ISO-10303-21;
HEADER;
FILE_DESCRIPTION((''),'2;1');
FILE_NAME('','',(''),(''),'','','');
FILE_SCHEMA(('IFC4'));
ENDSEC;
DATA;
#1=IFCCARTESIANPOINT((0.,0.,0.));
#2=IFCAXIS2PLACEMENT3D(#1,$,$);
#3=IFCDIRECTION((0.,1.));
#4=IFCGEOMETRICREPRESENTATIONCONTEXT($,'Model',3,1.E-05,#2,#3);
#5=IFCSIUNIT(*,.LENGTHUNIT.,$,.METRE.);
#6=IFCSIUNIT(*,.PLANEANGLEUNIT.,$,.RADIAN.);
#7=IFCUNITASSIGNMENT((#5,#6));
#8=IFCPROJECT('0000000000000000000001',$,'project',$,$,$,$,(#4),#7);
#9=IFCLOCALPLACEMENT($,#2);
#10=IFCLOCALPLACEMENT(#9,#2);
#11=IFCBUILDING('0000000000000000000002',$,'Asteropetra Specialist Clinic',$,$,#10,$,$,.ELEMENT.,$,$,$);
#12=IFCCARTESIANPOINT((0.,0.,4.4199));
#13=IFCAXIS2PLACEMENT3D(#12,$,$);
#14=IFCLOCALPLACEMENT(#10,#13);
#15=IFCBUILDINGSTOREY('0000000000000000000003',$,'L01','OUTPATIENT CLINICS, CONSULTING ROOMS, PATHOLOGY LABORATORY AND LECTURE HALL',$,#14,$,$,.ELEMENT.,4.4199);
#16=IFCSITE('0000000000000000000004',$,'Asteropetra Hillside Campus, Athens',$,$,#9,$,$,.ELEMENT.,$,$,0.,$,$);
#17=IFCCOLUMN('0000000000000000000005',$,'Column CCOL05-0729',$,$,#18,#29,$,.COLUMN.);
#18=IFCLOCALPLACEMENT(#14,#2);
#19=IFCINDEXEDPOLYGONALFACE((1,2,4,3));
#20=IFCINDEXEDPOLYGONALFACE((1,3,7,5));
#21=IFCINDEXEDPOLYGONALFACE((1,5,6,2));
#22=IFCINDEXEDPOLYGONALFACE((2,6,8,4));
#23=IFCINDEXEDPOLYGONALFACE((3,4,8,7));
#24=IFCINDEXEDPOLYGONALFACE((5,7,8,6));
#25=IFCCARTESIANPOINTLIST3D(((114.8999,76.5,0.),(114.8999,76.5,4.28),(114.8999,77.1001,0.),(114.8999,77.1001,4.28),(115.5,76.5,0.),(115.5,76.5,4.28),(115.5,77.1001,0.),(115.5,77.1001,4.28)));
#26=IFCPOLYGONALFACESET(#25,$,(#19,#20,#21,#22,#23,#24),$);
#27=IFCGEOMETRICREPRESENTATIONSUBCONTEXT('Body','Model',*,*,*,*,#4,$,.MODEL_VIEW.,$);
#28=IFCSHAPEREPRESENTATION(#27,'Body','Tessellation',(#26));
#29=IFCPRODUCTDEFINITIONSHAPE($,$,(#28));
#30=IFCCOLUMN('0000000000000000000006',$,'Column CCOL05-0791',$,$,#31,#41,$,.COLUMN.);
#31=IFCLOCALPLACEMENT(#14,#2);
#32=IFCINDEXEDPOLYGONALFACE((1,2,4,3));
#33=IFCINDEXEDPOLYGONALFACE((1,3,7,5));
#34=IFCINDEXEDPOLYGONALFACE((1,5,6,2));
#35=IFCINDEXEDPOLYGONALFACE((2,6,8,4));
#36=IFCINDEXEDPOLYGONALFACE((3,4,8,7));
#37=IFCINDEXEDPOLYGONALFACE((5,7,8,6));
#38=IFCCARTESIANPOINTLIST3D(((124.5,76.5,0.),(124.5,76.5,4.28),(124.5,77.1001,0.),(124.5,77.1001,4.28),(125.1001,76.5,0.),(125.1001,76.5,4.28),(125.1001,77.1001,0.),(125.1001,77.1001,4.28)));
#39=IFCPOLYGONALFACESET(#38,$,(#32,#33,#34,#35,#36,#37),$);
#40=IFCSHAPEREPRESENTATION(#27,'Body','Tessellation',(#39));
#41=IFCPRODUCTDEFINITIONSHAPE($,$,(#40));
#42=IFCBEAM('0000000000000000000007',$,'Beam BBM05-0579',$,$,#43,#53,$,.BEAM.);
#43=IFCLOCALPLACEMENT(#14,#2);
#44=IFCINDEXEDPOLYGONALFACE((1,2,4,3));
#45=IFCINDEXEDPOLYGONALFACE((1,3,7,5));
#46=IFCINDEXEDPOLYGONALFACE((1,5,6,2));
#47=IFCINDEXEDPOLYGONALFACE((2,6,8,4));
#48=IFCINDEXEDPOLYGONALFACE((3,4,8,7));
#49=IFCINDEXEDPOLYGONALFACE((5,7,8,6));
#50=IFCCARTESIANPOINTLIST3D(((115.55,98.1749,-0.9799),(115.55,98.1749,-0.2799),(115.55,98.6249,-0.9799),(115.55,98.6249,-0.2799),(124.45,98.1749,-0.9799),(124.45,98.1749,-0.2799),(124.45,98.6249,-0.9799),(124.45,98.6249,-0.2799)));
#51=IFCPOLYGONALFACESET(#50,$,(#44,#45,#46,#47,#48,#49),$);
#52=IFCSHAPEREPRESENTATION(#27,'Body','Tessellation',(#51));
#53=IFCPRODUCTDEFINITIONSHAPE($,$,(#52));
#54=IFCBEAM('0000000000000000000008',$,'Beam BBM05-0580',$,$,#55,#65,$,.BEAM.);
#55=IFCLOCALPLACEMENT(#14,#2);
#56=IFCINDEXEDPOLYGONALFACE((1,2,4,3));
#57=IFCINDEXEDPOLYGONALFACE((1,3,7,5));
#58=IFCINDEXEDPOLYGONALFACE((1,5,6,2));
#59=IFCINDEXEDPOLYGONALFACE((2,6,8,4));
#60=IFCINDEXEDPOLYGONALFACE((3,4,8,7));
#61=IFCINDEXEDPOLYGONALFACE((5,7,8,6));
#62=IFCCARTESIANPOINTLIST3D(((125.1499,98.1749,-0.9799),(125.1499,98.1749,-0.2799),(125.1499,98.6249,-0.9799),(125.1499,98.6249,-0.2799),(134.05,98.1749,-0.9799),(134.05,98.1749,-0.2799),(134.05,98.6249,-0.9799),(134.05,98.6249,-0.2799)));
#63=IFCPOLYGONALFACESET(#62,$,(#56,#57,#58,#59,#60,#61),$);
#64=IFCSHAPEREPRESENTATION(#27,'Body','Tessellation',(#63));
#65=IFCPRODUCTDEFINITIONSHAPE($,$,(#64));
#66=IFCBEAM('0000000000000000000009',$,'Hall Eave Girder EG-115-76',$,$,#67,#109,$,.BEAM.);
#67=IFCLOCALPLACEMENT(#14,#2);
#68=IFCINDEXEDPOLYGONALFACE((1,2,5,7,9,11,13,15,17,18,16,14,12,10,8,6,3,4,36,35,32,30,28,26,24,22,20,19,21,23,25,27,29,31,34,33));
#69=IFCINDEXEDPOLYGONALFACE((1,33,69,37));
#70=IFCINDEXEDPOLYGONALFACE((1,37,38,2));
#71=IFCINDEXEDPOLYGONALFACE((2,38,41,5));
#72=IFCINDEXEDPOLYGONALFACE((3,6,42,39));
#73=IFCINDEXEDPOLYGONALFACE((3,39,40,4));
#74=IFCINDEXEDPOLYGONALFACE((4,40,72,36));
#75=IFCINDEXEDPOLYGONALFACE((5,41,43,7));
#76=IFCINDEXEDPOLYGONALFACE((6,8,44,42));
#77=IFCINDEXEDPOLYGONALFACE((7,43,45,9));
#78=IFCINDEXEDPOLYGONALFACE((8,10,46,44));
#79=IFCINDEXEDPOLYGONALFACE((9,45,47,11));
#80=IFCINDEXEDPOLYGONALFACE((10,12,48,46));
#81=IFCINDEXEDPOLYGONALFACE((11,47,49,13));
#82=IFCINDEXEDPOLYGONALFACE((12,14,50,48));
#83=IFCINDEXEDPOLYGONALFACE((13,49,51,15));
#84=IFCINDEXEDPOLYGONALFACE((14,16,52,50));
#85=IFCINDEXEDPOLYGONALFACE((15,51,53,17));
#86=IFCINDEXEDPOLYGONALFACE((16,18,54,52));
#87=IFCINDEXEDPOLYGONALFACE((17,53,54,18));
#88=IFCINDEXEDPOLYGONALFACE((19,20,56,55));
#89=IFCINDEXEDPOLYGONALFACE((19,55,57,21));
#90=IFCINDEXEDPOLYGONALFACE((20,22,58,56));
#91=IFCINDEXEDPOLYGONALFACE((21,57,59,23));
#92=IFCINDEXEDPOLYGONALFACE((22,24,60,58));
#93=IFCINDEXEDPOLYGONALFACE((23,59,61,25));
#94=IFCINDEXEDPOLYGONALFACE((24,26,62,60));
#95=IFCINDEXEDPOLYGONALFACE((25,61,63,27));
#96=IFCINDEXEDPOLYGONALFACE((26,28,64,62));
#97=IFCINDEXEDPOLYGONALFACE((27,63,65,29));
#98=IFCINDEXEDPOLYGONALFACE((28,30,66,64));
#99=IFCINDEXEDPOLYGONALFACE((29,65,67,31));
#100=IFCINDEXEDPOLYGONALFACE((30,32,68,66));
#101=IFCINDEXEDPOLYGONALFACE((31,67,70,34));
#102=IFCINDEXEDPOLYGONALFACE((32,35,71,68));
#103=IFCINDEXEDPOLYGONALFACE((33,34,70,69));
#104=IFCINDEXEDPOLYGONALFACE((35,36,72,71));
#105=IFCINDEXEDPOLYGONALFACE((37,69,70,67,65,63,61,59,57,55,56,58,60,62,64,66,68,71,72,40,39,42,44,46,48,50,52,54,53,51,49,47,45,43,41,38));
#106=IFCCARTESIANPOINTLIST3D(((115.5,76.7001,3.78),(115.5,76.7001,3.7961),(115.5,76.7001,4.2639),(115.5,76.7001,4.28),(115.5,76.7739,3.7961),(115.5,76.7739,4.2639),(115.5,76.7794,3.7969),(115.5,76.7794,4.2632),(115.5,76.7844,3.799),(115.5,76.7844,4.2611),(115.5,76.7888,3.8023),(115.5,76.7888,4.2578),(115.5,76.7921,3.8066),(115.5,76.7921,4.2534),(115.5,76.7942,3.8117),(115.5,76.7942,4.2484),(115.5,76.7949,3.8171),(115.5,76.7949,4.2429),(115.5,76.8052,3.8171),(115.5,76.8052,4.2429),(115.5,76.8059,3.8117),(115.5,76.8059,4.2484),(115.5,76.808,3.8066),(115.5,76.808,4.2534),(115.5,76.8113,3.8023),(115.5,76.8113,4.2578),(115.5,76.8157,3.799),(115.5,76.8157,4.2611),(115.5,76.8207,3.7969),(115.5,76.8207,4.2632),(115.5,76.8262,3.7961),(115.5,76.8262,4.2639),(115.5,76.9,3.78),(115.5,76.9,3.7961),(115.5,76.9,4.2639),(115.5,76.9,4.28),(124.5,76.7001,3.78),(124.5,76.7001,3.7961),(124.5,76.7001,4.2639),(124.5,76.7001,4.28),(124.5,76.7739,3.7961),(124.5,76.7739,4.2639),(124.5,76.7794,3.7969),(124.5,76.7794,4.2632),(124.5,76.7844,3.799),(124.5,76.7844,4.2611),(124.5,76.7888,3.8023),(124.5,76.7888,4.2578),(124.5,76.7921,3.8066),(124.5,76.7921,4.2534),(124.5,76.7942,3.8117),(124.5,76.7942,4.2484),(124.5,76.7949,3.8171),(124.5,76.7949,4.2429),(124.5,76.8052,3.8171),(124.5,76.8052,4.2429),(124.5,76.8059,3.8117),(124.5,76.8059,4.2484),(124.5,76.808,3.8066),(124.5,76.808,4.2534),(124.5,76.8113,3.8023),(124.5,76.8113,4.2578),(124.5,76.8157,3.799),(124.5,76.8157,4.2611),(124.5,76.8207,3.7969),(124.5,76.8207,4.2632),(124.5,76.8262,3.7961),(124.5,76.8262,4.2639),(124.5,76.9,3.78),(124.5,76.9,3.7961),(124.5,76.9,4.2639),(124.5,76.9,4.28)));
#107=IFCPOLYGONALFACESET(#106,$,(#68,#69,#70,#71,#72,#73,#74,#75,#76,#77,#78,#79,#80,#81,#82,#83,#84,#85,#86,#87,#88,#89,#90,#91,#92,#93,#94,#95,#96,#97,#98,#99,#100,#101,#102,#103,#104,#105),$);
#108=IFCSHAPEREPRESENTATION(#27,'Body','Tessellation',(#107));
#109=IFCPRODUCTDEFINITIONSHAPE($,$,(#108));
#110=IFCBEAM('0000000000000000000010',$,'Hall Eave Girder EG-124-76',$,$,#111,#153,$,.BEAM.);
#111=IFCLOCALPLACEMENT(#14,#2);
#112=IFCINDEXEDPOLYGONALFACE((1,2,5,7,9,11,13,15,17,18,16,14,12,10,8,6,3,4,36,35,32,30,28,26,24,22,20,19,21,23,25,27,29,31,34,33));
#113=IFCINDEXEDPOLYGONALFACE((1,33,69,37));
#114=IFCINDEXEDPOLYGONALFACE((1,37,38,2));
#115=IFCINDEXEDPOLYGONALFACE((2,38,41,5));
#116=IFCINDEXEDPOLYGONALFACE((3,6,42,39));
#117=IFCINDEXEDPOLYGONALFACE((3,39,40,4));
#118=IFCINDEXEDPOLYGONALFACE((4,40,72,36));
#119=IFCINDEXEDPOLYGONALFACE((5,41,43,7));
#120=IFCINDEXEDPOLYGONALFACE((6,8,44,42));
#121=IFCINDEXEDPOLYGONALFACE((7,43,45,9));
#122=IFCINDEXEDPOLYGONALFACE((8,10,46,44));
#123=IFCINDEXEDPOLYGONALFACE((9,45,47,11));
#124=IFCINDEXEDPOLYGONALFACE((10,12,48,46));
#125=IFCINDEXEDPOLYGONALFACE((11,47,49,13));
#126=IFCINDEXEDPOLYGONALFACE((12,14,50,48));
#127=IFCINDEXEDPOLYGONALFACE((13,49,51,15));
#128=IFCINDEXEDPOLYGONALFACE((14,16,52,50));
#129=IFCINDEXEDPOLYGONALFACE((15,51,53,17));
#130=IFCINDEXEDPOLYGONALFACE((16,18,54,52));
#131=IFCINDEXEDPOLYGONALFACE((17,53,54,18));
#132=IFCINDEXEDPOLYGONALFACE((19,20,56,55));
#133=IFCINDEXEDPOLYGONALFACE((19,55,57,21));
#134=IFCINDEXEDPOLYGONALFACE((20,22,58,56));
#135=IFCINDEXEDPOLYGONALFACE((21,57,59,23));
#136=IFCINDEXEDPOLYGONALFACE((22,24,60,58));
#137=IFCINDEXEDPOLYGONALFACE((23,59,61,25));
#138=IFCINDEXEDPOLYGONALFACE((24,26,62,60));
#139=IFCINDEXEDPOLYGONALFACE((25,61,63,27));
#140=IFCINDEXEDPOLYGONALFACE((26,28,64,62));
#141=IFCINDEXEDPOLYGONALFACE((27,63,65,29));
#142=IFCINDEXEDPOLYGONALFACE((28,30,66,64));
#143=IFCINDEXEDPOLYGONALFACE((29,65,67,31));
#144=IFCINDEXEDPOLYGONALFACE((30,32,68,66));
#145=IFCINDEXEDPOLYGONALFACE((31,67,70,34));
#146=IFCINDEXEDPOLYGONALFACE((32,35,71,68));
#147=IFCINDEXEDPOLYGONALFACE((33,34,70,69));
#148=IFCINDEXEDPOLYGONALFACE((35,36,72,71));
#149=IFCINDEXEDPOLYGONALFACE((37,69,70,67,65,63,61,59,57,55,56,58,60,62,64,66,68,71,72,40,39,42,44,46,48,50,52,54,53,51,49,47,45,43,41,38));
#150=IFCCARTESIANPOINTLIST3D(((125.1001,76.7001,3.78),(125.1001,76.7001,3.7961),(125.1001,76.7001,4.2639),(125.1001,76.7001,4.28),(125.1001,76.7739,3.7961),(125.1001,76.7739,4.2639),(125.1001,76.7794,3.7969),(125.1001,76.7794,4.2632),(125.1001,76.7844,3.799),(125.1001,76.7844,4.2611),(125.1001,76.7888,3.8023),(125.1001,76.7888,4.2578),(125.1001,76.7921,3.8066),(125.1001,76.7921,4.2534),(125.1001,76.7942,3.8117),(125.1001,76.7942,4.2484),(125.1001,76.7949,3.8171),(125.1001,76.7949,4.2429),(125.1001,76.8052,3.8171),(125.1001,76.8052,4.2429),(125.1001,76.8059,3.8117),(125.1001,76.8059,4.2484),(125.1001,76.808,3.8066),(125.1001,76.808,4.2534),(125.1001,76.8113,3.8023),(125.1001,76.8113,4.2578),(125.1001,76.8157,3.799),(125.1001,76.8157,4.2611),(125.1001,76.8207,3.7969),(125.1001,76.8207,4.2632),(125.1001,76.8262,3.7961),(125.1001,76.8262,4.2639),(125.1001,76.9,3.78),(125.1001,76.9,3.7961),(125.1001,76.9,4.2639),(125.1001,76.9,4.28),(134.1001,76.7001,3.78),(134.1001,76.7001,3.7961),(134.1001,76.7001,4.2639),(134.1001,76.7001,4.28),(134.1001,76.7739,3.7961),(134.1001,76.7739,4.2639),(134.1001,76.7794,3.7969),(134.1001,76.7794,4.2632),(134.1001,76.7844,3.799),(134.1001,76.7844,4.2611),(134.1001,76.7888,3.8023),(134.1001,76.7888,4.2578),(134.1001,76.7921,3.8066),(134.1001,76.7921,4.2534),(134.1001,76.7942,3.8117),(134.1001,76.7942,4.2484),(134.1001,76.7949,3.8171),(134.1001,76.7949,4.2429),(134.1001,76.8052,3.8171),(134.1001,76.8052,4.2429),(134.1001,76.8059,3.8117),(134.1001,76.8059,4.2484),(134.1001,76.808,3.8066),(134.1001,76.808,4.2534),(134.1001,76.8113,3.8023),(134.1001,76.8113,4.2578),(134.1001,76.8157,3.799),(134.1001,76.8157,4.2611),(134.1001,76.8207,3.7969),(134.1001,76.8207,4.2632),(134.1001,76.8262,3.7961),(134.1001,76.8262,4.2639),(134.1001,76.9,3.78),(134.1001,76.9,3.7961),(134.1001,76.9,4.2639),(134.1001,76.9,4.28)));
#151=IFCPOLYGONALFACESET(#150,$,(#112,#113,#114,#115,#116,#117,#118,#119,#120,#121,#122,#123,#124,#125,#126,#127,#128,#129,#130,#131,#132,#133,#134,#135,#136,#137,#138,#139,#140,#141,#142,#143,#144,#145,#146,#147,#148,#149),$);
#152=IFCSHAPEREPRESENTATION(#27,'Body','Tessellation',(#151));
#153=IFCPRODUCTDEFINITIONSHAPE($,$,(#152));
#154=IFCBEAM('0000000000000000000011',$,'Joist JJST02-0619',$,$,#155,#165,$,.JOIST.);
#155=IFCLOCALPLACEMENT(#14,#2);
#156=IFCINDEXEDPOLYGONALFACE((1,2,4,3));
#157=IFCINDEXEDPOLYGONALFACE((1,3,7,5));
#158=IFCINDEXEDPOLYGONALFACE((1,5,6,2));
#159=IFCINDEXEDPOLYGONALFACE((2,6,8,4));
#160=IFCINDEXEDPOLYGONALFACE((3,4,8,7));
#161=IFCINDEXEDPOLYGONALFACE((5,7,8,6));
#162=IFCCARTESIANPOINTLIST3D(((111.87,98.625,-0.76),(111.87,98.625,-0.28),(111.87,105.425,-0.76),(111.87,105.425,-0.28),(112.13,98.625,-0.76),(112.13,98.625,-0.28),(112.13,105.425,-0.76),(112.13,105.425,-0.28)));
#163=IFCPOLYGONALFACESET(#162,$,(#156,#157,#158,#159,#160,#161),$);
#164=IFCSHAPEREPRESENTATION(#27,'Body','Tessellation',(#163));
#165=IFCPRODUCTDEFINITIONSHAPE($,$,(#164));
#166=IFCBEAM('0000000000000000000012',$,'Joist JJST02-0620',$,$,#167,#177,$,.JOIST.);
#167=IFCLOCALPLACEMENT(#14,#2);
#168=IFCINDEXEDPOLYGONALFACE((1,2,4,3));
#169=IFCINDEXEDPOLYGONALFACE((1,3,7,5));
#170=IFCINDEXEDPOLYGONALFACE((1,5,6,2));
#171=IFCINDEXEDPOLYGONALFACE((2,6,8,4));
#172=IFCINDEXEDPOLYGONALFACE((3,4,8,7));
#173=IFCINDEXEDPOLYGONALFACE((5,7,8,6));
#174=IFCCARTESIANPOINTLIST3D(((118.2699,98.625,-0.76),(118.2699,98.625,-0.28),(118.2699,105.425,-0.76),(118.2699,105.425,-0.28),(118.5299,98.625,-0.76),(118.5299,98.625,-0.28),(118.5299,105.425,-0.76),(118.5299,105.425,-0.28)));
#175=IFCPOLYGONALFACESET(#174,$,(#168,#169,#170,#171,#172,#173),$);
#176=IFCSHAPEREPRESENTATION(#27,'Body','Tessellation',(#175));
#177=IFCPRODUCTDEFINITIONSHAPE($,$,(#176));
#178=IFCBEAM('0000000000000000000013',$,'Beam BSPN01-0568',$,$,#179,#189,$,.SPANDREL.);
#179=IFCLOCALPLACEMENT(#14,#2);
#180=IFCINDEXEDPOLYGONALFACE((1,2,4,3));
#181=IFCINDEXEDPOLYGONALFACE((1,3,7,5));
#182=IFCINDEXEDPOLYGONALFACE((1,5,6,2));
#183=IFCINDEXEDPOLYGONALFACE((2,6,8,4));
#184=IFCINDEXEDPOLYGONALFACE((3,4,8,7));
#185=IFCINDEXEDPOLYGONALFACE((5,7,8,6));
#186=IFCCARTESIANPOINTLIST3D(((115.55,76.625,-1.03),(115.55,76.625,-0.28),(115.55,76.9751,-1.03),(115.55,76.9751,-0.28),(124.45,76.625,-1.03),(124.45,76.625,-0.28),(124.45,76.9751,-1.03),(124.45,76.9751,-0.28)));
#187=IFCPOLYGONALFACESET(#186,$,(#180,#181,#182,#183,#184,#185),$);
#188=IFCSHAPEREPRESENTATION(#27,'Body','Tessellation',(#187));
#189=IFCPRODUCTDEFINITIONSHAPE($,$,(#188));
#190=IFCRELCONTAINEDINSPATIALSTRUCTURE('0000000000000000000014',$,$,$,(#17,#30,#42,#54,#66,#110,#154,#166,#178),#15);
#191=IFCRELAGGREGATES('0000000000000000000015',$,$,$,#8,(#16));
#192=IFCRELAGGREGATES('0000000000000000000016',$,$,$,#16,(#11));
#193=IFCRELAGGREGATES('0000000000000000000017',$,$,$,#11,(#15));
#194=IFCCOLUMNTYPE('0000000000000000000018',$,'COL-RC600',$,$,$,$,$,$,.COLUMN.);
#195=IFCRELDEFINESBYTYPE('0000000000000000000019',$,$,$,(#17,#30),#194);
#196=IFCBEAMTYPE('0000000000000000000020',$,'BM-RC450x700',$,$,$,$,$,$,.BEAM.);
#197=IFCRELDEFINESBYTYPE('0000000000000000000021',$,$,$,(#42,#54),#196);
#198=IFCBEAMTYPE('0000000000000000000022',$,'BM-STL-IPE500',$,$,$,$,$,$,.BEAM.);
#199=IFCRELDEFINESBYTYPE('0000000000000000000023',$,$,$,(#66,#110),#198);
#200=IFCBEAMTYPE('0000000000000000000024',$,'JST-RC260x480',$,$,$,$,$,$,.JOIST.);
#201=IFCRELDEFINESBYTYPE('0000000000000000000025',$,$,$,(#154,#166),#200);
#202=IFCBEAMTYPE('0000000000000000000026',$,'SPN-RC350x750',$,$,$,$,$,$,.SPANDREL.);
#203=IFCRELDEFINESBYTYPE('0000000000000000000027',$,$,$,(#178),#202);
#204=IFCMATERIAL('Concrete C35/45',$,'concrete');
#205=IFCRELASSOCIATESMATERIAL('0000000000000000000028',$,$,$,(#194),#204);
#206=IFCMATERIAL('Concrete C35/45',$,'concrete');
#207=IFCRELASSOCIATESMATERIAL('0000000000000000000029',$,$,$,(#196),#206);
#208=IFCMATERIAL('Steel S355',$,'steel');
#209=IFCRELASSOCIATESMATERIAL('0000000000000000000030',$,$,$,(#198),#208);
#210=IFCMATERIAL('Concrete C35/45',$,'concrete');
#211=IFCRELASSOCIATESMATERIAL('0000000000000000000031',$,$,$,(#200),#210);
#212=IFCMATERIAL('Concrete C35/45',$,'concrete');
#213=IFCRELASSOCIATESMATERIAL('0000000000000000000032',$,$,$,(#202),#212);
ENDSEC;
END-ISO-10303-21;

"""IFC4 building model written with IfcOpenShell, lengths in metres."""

from ifc_helpers import new_model, si_unit, direction, frame, origin, origin_2d, place, context, subcontext, project, spatial, rectangle, i_section, extrude, material, material_profile, profile_set, type_object, element, save


model = new_model("IFC4")

# Units and contexts
model_context = context("Model", 3, precision=1e-05, world=origin(), true_north=direction((0.0, 1.0)))
body_context = subcontext(model_context, "Body", "Model", "MODEL_VIEW")
ifc_project = project(units=[si_unit("LENGTHUNIT", "METRE"), si_unit("PLANEANGLEUNIT", "RADIAN")], contexts=[model_context])

# Site, building, storey
site_placement = place(None, origin())
site = spatial("IfcSite", under=ifc_project, at=site_placement, Name="Asteropetra Hillside Campus, Athens", CompositionType="ELEMENT", RefElevation=0.0)
building_placement = place(site_placement, origin())
building = spatial("IfcBuilding", under=site, at=building_placement, Name="Asteropetra Specialist Clinic", CompositionType="ELEMENT")
storey_placement = place(building_placement, frame((0.0, 0.0, 4.4199)))
storey = spatial("IfcBuildingStorey", under=building, at=storey_placement, Name="L01", Description="OUTPATIENT CLINICS, CONSULTING ROOMS, PATHOLOGY LABORATORY AND LECTURE HALL", CompositionType="ELEMENT", Elevation=4.4199)

# Columns
ifc_material_1 = material(Name="Concrete C35/45", Category="concrete")
ifc_material_profile_1 = material_profile(ifc_material_1, rectangle(XDim=0.6001, YDim=0.6001, at=origin_2d()), Name="RC 600x600")
ifc_profile_set_1 = profile_set([ifc_material_profile_1], Name="Concrete C35/45")
column_type = type_object("IfcColumnType", Name="COL-RC600", PredefinedType="COLUMN", material=ifc_profile_set_1)
for number, where, z_axis, x_axis, name in (
    (1, (115.2, 76.8, 0.0), (0.0, 0.0, 1.0), (1.0, 0.0, 0.0), "Column CCOL05-0729"),
    (2, (124.8, 76.8, 0.0), (0.0, 0.0, 1.0), (1.0, 0.0, 0.0), "Column CCOL05-0791"),
):
    element("IfcColumn", number, at=place(storey_placement, frame(where, z_axis=z_axis, x_axis=x_axis)), inside=storey, type_object=column_type, Name=name, PredefinedType="COLUMN", context=body_context, shape_type="SweptSolid", body=[
        extrude(rectangle(XDim=0.6001, YDim=0.6001, at=origin_2d()), origin(), (0.0, 0.0, 1.0), 4.28),
    ])

# Beams
ifc_material_2 = material(Name="Concrete C35/45", Category="concrete")
ifc_material_profile_2 = material_profile(ifc_material_2, rectangle(XDim=0.45, YDim=0.7, at=origin_2d()), Name="RCB 450x700")
ifc_profile_set_2 = profile_set([ifc_material_profile_2], Name="Concrete C35/45")
beam_type_1 = type_object("IfcBeamType", Name="BM-RC450x700", PredefinedType="BEAM", material=ifc_profile_set_2)
beam_1_placement = place(storey_placement, frame((115.55, 98.3999, -0.6299), z_axis=(1.0, 0.0, 0.0), x_axis=(0.0, 1.0, 0.0)))
element("IfcBeam", 3, at=beam_1_placement, inside=storey, type_object=beam_type_1, Name="Beam BBM05-0579", PredefinedType="BEAM", context=body_context, shape_type="SweptSolid", body=[
    extrude(rectangle(XDim=0.45, YDim=0.7, at=origin_2d()), origin(), (0.0, 0.0, 1.0), 8.8999),
])
beam_2_placement = place(storey_placement, frame((125.1499, 98.3999, -0.6299), z_axis=(1.0, 0.0, 0.0), x_axis=(0.0, 1.0, 0.0)))
element("IfcBeam", 4, at=beam_2_placement, inside=storey, type_object=beam_type_1, Name="Beam BBM05-0580", PredefinedType="BEAM", context=body_context, shape_type="SweptSolid", body=[
    extrude(rectangle(XDim=0.45, YDim=0.7, at=origin_2d()), origin(), (0.0, 0.0, 1.0), 8.9001),
])
ifc_material_3 = material(Name="Steel S355", Category="steel")
ifc_material_profile_3 = material_profile(ifc_material_3, i_section(OverallWidth=0.2, OverallDepth=0.5, WebThickness=0.0103, FlangeThickness=0.0161, FilletRadius=0.021, at=origin_2d()), Name="IPE 500")
ifc_profile_set_3 = profile_set([ifc_material_profile_3], Name="Steel S355")
beam_type_2 = type_object("IfcBeamType", Name="BM-STL-IPE500", PredefinedType="BEAM", material=ifc_profile_set_3)
for number, where, z_axis, x_axis, name in (
    (5, (115.5, 76.8, 4.03), (1.0, 0.0, 0.0), (0.0, 1.0, 0.0), "Hall Eave Girder EG-115-76"),
    (6, (125.1001, 76.8, 4.03), (1.0, 0.0, 0.0), (0.0, 1.0, 0.0), "Hall Eave Girder EG-124-76"),
):
    element("IfcBeam", number, at=place(storey_placement, frame(where, z_axis=z_axis, x_axis=x_axis)), inside=storey, type_object=beam_type_2, Name=name, PredefinedType="BEAM", context=body_context, shape_type="SweptSolid", body=[
        extrude(i_section(OverallWidth=0.2, OverallDepth=0.5, WebThickness=0.0103, FlangeThickness=0.0161, FilletRadius=0.021, at=origin_2d()), origin(), (0.0, 0.0, 1.0), 9.0),
    ])
ifc_material_4 = material(Name="Concrete C35/45", Category="concrete")
ifc_material_profile_4 = material_profile(ifc_material_4, rectangle(XDim=0.26, YDim=0.48, at=origin_2d()), Name="RCJ 260x480")
ifc_profile_set_4 = profile_set([ifc_material_profile_4], Name="Concrete C35/45")
beam_type_3 = type_object("IfcBeamType", Name="JST-RC260x480", PredefinedType="JOIST", material=ifc_profile_set_4)
for number, where, z_axis, x_axis, name in (
    (7, (112.0, 98.625, -0.52), (0.0, 1.0, 0.0), (-1.0, 0.0, 0.0), "Joist JJST02-0619"),
    (8, (118.3999, 98.625, -0.52), (0.0, 1.0, 0.0), (-1.0, 0.0, 0.0), "Joist JJST02-0620"),
):
    element("IfcBeam", number, at=place(storey_placement, frame(where, z_axis=z_axis, x_axis=x_axis)), inside=storey, type_object=beam_type_3, Name=name, PredefinedType="JOIST", context=body_context, shape_type="SweptSolid", body=[
        extrude(rectangle(XDim=0.26, YDim=0.48, at=origin_2d()), origin(), (0.0, 0.0, 1.0), 6.8),
    ])
ifc_material_5 = material(Name="Concrete C35/45", Category="concrete")
ifc_material_profile_5 = material_profile(ifc_material_5, rectangle(XDim=0.3501, YDim=0.75, at=origin_2d()), Name="RCS 350x750")
ifc_profile_set_5 = profile_set([ifc_material_profile_5], Name="Concrete C35/45")
beam_type_4 = type_object("IfcBeamType", Name="SPN-RC350x750", PredefinedType="SPANDREL", material=ifc_profile_set_5)
beam_3_placement = place(storey_placement, frame((115.55, 76.8, -0.655), z_axis=(1.0, 0.0, 0.0), x_axis=(0.0, 1.0, 0.0)))
element("IfcBeam", 9, at=beam_3_placement, inside=storey, type_object=beam_type_4, Name="Beam BSPN01-0568", PredefinedType="SPANDREL", context=body_context, shape_type="SweptSolid", body=[
    extrude(rectangle(XDim=0.3501, YDim=0.75, at=origin_2d()), origin(), (0.0, 0.0, 1.0), 8.8999),
])

save(model, "model.ifc")
